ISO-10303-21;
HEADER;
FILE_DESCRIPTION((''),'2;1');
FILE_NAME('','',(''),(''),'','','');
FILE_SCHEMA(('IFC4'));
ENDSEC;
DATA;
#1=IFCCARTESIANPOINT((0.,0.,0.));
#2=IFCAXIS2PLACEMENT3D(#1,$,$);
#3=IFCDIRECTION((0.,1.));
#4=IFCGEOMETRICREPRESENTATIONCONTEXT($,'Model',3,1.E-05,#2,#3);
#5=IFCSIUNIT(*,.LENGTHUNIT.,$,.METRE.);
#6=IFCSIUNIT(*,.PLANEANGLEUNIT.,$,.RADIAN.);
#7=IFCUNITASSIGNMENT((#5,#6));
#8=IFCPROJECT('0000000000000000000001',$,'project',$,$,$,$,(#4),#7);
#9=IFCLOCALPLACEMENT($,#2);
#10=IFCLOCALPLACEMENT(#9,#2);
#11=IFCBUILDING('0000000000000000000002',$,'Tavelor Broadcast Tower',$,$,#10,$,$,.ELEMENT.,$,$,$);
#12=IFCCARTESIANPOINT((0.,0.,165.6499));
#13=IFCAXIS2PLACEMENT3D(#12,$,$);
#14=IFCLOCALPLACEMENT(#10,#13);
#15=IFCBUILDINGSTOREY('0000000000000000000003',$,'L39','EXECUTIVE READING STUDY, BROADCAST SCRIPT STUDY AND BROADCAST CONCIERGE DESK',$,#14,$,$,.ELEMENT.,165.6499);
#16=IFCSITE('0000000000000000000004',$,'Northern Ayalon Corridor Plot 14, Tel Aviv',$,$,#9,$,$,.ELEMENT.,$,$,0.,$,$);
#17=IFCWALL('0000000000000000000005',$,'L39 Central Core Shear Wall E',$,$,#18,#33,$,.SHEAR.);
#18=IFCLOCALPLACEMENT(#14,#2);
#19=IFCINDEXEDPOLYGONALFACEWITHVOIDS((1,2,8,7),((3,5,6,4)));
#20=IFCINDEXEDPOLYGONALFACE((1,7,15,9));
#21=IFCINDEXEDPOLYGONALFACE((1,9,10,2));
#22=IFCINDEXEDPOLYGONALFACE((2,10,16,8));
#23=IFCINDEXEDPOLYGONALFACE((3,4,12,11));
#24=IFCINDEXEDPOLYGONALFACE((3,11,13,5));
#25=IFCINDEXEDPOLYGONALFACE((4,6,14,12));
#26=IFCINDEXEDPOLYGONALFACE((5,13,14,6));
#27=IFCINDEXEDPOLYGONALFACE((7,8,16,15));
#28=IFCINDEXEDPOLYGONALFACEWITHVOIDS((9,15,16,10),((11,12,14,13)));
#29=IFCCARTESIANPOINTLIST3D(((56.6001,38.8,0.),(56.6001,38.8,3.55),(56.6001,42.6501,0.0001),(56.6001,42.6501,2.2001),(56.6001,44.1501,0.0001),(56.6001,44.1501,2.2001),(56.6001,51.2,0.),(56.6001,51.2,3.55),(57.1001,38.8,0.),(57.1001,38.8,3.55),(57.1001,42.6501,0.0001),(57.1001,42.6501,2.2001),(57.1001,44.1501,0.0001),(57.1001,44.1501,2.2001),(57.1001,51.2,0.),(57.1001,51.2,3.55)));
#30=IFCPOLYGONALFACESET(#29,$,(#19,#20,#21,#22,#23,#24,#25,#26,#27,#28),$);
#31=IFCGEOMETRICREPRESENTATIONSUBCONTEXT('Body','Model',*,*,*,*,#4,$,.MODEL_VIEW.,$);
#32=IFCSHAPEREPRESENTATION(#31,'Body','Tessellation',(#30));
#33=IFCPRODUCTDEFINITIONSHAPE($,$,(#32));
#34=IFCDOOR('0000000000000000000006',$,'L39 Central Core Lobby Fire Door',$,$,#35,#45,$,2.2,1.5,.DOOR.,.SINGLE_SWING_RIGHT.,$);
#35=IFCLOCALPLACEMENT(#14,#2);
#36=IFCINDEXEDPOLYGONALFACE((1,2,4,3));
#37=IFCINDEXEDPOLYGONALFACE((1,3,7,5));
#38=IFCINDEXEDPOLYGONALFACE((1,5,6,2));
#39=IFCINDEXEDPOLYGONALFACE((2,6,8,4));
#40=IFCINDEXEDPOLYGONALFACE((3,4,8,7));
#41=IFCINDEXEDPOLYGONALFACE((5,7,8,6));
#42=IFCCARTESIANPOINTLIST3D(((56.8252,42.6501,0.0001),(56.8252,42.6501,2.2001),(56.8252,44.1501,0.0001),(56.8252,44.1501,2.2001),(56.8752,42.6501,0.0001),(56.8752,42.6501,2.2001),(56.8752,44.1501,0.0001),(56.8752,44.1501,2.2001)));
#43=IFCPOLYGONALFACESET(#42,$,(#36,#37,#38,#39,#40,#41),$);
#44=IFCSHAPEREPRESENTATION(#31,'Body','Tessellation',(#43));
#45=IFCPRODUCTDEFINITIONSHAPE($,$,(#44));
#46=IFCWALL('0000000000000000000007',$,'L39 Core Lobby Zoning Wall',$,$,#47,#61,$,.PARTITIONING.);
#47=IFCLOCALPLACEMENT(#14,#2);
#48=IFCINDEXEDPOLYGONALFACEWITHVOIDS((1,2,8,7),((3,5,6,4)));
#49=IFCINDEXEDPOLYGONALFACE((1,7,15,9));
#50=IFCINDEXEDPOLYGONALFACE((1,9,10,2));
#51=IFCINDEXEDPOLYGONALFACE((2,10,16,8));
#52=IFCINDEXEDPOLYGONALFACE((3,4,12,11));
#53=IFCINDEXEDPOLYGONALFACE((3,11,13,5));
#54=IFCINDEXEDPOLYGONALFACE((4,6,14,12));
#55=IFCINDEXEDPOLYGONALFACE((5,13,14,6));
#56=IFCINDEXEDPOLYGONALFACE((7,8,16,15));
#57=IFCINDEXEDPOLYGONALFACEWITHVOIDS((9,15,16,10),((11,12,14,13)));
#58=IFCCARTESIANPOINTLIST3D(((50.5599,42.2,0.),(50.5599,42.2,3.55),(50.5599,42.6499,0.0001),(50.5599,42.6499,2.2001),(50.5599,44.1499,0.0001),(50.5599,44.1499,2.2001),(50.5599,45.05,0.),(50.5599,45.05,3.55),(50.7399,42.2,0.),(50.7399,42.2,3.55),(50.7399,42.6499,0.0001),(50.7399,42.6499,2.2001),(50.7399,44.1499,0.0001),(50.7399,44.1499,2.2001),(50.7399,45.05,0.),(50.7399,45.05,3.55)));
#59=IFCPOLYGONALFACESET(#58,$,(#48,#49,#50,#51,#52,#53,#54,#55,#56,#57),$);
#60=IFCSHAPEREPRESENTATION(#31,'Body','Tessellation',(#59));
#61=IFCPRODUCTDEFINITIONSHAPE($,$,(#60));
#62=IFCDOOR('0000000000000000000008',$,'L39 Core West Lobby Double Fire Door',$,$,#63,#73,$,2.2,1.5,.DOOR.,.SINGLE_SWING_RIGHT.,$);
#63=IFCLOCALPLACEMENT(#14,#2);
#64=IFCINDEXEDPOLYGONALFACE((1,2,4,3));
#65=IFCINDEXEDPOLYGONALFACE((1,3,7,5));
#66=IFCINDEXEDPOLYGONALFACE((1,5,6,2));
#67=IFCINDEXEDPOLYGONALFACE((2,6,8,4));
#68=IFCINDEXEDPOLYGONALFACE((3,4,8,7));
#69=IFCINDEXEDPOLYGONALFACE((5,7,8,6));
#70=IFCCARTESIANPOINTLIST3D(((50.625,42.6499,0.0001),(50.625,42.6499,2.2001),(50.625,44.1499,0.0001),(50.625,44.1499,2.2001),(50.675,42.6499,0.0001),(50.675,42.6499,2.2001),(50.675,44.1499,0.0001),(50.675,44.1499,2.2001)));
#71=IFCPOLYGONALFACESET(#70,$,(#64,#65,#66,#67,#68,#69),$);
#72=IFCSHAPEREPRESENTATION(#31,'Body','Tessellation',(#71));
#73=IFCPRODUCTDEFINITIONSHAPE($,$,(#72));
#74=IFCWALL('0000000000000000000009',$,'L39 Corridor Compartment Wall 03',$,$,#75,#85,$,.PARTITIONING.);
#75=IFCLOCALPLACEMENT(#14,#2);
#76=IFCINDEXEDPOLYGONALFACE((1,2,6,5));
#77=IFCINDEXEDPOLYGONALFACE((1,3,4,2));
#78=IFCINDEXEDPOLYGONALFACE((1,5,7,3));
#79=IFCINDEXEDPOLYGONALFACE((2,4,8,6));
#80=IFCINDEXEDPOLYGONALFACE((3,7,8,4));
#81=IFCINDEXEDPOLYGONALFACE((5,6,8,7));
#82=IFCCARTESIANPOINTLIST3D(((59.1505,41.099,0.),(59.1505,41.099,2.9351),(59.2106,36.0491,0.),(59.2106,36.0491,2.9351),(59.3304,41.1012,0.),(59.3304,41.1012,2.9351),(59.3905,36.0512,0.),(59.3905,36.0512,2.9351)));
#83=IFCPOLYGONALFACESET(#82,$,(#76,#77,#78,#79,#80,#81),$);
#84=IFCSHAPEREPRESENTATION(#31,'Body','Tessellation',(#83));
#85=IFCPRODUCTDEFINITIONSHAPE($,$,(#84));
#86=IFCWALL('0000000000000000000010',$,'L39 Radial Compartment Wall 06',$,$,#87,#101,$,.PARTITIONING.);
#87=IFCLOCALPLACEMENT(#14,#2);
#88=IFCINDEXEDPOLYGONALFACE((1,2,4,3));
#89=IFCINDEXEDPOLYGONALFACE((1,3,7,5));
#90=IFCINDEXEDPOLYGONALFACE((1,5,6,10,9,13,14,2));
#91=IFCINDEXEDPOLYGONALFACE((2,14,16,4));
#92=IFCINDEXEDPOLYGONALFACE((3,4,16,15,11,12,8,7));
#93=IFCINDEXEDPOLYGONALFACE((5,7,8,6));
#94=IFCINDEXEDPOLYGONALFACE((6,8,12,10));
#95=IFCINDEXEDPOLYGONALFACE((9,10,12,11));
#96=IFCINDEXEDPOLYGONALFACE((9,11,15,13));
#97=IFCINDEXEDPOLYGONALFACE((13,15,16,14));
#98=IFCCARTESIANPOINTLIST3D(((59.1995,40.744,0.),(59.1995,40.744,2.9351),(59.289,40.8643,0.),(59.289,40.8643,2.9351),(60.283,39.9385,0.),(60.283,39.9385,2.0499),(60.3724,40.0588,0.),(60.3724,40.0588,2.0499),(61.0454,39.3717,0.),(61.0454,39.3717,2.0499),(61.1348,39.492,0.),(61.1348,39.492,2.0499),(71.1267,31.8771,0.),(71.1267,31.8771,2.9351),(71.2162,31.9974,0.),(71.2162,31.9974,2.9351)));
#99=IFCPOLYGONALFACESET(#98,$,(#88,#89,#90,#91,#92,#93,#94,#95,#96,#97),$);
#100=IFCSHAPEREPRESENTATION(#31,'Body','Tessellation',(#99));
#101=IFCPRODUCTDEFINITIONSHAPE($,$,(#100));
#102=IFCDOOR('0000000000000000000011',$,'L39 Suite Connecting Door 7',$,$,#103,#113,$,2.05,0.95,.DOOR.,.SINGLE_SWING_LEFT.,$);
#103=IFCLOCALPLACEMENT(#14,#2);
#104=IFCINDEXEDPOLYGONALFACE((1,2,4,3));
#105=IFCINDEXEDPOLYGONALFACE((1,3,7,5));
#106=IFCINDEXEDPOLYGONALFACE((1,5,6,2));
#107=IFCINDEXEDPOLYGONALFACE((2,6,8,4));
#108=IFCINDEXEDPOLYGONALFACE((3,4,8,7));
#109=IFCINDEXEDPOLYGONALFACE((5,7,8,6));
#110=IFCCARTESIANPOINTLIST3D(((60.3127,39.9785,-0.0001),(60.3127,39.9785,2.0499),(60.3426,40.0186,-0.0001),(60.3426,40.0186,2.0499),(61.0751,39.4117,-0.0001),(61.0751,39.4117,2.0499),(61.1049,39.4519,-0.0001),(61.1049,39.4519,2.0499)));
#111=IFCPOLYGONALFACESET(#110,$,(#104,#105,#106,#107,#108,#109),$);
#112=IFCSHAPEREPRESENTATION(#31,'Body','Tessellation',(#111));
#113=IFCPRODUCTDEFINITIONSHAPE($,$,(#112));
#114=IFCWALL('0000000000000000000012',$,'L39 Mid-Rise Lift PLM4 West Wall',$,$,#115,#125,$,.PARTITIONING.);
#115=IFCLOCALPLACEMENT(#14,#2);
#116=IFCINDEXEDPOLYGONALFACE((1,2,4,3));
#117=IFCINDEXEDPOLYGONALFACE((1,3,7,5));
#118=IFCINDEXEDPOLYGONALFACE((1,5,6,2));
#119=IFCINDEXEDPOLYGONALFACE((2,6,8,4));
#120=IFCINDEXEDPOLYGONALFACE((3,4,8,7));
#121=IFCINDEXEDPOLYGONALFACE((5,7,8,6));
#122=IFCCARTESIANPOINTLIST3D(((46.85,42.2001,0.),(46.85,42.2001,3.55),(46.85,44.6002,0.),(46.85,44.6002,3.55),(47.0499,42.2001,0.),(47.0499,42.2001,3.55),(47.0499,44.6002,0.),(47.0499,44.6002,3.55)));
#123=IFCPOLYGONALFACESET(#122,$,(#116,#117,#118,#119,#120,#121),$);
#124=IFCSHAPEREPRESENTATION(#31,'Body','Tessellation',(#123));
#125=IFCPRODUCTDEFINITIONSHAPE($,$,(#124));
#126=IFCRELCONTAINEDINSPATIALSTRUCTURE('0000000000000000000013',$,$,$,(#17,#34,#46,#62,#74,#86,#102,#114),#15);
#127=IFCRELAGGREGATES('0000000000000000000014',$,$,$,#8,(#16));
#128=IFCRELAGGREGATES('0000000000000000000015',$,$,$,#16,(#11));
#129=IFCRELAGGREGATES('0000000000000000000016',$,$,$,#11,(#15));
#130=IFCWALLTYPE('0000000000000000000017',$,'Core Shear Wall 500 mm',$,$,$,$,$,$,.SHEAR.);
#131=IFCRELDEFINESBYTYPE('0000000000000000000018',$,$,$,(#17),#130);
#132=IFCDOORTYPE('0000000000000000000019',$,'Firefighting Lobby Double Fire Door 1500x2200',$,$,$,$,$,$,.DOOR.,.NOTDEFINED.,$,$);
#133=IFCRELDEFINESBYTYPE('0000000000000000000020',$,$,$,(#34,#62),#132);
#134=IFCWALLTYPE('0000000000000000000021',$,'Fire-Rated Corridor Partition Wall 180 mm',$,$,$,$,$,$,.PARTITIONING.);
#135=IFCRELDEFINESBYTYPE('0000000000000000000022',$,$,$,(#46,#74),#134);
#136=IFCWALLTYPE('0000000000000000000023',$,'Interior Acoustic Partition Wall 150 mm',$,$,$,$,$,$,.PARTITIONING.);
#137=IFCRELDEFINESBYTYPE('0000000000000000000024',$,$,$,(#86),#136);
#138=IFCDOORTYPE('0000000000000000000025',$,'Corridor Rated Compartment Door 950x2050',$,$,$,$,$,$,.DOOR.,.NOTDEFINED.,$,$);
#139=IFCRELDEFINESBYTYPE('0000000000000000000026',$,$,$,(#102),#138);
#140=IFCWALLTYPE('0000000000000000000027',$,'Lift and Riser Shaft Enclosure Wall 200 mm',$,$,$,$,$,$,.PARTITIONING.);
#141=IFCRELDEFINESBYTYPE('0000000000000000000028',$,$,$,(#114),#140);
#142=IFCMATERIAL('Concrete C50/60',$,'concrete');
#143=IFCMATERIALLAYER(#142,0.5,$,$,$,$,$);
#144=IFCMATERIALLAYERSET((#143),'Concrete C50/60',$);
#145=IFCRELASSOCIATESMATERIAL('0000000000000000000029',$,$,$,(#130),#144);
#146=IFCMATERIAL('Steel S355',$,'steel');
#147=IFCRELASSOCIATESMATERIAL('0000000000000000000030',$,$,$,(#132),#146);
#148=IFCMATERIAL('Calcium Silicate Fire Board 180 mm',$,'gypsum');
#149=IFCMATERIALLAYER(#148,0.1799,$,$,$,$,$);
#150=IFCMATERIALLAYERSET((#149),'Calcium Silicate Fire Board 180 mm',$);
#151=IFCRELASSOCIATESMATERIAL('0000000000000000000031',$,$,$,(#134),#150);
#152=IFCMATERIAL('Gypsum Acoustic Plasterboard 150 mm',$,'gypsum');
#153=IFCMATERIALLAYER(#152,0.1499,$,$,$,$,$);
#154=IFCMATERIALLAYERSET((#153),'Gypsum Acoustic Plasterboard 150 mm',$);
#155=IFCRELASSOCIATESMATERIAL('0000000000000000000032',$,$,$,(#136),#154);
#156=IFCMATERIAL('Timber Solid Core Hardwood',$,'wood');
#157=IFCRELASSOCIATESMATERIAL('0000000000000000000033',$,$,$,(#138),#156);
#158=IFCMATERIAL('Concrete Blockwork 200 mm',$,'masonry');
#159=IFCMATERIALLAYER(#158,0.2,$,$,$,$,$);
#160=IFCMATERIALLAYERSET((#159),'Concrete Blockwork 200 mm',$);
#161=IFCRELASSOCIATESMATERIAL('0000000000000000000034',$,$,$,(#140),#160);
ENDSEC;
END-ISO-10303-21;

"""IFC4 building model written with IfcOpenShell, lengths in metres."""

from ifc_helpers import new_model, si_unit, direction, frame, frame_2d, origin, place, context, subcontext, project, spatial, rectangle, extrude, material, layer, layer_set, type_object, element, fill, save


model = new_model("IFC4")

# Units and contexts
model_context = context("Model", 3, precision=1e-05, world=origin(), true_north=direction((0.0, 1.0)))
body_context = subcontext(model_context, "Body", "Model", "MODEL_VIEW")
ifc_project = project(units=[si_unit("LENGTHUNIT", "METRE"), si_unit("PLANEANGLEUNIT", "RADIAN")], contexts=[model_context])

# Site, building, storey
site_placement = place(None, origin())
site = spatial("IfcSite", under=ifc_project, at=site_placement, Name="Northern Ayalon Corridor Plot 14, Tel Aviv", CompositionType="ELEMENT", RefElevation=0.0)
building_placement = place(site_placement, origin())
building = spatial("IfcBuilding", under=site, at=building_placement, Name="Tavelor Broadcast Tower", CompositionType="ELEMENT")
storey_placement = place(building_placement, frame((0.0, 0.0, 165.6499)))
storey = spatial("IfcBuildingStorey", under=building, at=storey_placement, Name="L39", Description="EXECUTIVE READING STUDY, BROADCAST SCRIPT STUDY AND BROADCAST CONCIERGE DESK", CompositionType="ELEMENT", Elevation=165.6499)

# Shared definitions
ifc_material_1 = material(Name="Concrete C50/60", Category="concrete")

# Shared definitions
ifc_material_2 = material(Name="Steel S355", Category="steel")

# Walls, openings, doors
ifc_layer_1 = layer(ifc_material_1, 0.5)
ifc_layer_set_1 = layer_set([ifc_layer_1], Name="Concrete C50/60")
wall_type_1 = type_object("IfcWallType", Name="Core Shear Wall 500 mm", PredefinedType="SHEAR", material=ifc_layer_set_1)
wall_1_placement = place(storey_placement, frame((56.8501, 38.8, 0.0), z_axis=(0.0, 0.0, 1.0), x_axis=(0.0, 1.0, 0.0)))
wall_1 = element("IfcWall", 1, at=wall_1_placement, inside=storey, type_object=wall_type_1, Name="L39 Central Core Shear Wall E", PredefinedType="SHEAR", context=body_context, shape_type="SweptSolid", body=[
    extrude(rectangle(XDim=12.3999, YDim=0.5, at=frame_2d((6.2, 0.0))), origin(), (0.0, 0.0, 1.0), 3.55),
])
opening_1_placement = place(wall_1_placement, frame((3.8501, 0.0, 0.0)))
opening_1 = element("IfcOpeningElement", 2, at=opening_1_placement, cuts=wall_1, PredefinedType="OPENING", context=body_context, shape_type="SweptSolid", body=[
    extrude(rectangle(XDim=1.5, YDim=2.2, at=frame_2d((0.75, 1.1001))), frame((0.0, 0.26, 0.0), z_axis=(0.0, -1.0, 0.0), x_axis=(1.0, 0.0, 0.0)), (0.0, 0.0, 1.0), 0.52),
])
door_type_1 = type_object("IfcDoorType", Name="Firefighting Lobby Double Fire Door 1500x2200", OperationType="NOTDEFINED", PredefinedType="DOOR", material=ifc_material_2)
door_1_placement = place(opening_1_placement, origin())
door_1 = element("IfcDoor", 3, at=door_1_placement, inside=storey, type_object=door_type_1, Name="L39 Central Core Lobby Fire Door", OperationType="SINGLE_SWING_RIGHT", OverallHeight=2.2, OverallWidth=1.5, PredefinedType="DOOR", context=body_context, shape_type="SweptSolid", body=[
    extrude(rectangle(XDim=1.5, YDim=2.2, at=frame_2d((0.75, 1.1001))), frame((0.0, 0.0249, 0.0), z_axis=(0.0, -1.0, 0.0), x_axis=(1.0, 0.0, 0.0)), (0.0, 0.0, 1.0), 0.05),
])
fill(opening_1, door_1)
ifc_material_3 = material(Name="Calcium Silicate Fire Board 180 mm", Category="gypsum")
ifc_layer_2 = layer(ifc_material_3, 0.1799)
ifc_layer_set_2 = layer_set([ifc_layer_2], Name="Calcium Silicate Fire Board 180 mm")
wall_type_2 = type_object("IfcWallType", Name="Fire-Rated Corridor Partition Wall 180 mm", PredefinedType="PARTITIONING", material=ifc_layer_set_2)
wall_2_placement = place(storey_placement, frame((50.6499, 42.2, 0.0), z_axis=(0.0, 0.0, 1.0), x_axis=(0.0, 1.0, 0.0)))
wall_2 = element("IfcWall", 4, at=wall_2_placement, inside=storey, type_object=wall_type_2, Name="L39 Core Lobby Zoning Wall", PredefinedType="PARTITIONING", context=body_context, shape_type="SweptSolid", body=[
    extrude(rectangle(XDim=2.8501, YDim=0.1799, at=frame_2d((1.425, 0.0))), origin(), (0.0, 0.0, 1.0), 3.55),
])
opening_2_placement = place(wall_2_placement, frame((0.45, 0.0, 0.0)))
opening_2 = element("IfcOpeningElement", 5, at=opening_2_placement, cuts=wall_2, PredefinedType="OPENING", context=body_context, shape_type="SweptSolid", body=[
    extrude(rectangle(XDim=1.5, YDim=2.2, at=frame_2d((0.75, 1.1001))), frame((0.0, 0.1001, 0.0), z_axis=(0.0, -1.0, 0.0), x_axis=(1.0, 0.0, 0.0)), (0.0, 0.0, 1.0), 0.2),
])
door_2_placement = place(opening_2_placement, origin())
door_2 = element("IfcDoor", 6, at=door_2_placement, inside=storey, type_object=door_type_1, Name="L39 Core West Lobby Double Fire Door", OperationType="SINGLE_SWING_RIGHT", OverallHeight=2.2, OverallWidth=1.5, PredefinedType="DOOR", context=body_context, shape_type="SweptSolid", body=[
    extrude(rectangle(XDim=1.5, YDim=2.2, at=frame_2d((0.75, 1.1001))), frame((0.0, 0.0249, 0.0), z_axis=(0.0, -1.0, 0.0), x_axis=(1.0, 0.0, 0.0)), (0.0, 0.0, 1.0), 0.05),
])
fill(opening_2, door_2)

# Wall
wall_3_placement = place(storey_placement, frame((59.2405, 41.1001, 0.0), z_axis=(0.0, 0.0, 1.0), x_axis=(0.011892, -0.999929, 0.0)))
element("IfcWall", 7, at=wall_3_placement, inside=storey, type_object=wall_type_2, Name="L39 Corridor Compartment Wall 03", PredefinedType="PARTITIONING", context=body_context, shape_type="SweptSolid", body=[
    extrude(rectangle(XDim=5.0503, YDim=0.1799, at=frame_2d((2.5251, 0.0))), origin(), (0.0, 0.0, 1.0), 2.9351),
])

# Wall, opening, door
ifc_material_4 = material(Name="Gypsum Acoustic Plasterboard 150 mm", Category="gypsum")
ifc_layer_3 = layer(ifc_material_4, 0.1499)
ifc_layer_set_3 = layer_set([ifc_layer_3], Name="Gypsum Acoustic Plasterboard 150 mm")
wall_type_3 = type_object("IfcWallType", Name="Interior Acoustic Partition Wall 150 mm", PredefinedType="PARTITIONING", material=ifc_layer_set_3)
wall_4_placement = place(storey_placement, frame((59.2441, 40.8042, 0.0), z_axis=(0.0, 0.0, 1.0), x_axis=(0.802528, -0.596615, 0.0)))
wall_4 = element("IfcWall", 8, at=wall_4_placement, inside=storey, type_object=wall_type_3, Name="L39 Radial Compartment Wall 06", PredefinedType="PARTITIONING", context=body_context, shape_type="SweptSolid", body=[
    extrude(rectangle(XDim=14.8621, YDim=0.1499, at=frame_2d((7.4312, 0.0))), origin(), (0.0, 0.0, 1.0), 2.9351),
])
opening_3_placement = place(wall_4_placement, frame((1.3501, 0.0, 0.0)))
opening_3 = element("IfcOpeningElement", 9, at=opening_3_placement, cuts=wall_4, PredefinedType="OPENING", context=body_context, shape_type="SweptSolid", body=[
    extrude(rectangle(XDim=0.95, YDim=2.05, at=frame_2d((0.4751, 1.0249))), frame((0.0, 0.085, 0.0), z_axis=(0.0, -1.0, 0.0), x_axis=(1.0, 0.0, 0.0)), (0.0, 0.0, 1.0), 0.1699),
])
ifc_material_5 = material(Name="Timber Solid Core Hardwood", Category="wood")
door_type_2 = type_object("IfcDoorType", Name="Corridor Rated Compartment Door 950x2050", OperationType="NOTDEFINED", PredefinedType="DOOR", material=ifc_material_5)
door_3_placement = place(opening_3_placement, origin())
door_3 = element("IfcDoor", 10, at=door_3_placement, inside=storey, type_object=door_type_2, Name="L39 Suite Connecting Door 7", OperationType="SINGLE_SWING_LEFT", OverallHeight=2.05, OverallWidth=0.95, PredefinedType="DOOR", context=body_context, shape_type="SweptSolid", body=[
    extrude(rectangle(XDim=0.95, YDim=2.05, at=frame_2d((0.4751, 1.0249))), frame((0.0, 0.0249, 0.0), z_axis=(0.0, -1.0, 0.0), x_axis=(1.0, 0.0, 0.0)), (0.0, 0.0, 1.0), 0.05),
])
fill(opening_3, door_3)
ifc_material_6 = material(Name="Concrete Blockwork 200 mm", Category="masonry")

# Wall
ifc_layer_4 = layer(ifc_material_6, 0.2)
ifc_layer_set_4 = layer_set([ifc_layer_4], Name="Concrete Blockwork 200 mm")
wall_type_4 = type_object("IfcWallType", Name="Lift and Riser Shaft Enclosure Wall 200 mm", PredefinedType="PARTITIONING", material=ifc_layer_set_4)
wall_5_placement = place(storey_placement, frame((46.95, 42.2, 0.0), z_axis=(0.0, 0.0, 1.0), x_axis=(0.0, 1.0, 0.0)))
element("IfcWall", 11, at=wall_5_placement, inside=storey, type_object=wall_type_4, Name="L39 Mid-Rise Lift PLM4 West Wall", PredefinedType="PARTITIONING", context=body_context, shape_type="SweptSolid", body=[
    extrude(rectangle(XDim=2.4001, YDim=0.2, at=frame_2d((1.2002, 0.0))), origin(), (0.0, 0.0, 1.0), 3.55),
])

save(model, "model.ifc")
